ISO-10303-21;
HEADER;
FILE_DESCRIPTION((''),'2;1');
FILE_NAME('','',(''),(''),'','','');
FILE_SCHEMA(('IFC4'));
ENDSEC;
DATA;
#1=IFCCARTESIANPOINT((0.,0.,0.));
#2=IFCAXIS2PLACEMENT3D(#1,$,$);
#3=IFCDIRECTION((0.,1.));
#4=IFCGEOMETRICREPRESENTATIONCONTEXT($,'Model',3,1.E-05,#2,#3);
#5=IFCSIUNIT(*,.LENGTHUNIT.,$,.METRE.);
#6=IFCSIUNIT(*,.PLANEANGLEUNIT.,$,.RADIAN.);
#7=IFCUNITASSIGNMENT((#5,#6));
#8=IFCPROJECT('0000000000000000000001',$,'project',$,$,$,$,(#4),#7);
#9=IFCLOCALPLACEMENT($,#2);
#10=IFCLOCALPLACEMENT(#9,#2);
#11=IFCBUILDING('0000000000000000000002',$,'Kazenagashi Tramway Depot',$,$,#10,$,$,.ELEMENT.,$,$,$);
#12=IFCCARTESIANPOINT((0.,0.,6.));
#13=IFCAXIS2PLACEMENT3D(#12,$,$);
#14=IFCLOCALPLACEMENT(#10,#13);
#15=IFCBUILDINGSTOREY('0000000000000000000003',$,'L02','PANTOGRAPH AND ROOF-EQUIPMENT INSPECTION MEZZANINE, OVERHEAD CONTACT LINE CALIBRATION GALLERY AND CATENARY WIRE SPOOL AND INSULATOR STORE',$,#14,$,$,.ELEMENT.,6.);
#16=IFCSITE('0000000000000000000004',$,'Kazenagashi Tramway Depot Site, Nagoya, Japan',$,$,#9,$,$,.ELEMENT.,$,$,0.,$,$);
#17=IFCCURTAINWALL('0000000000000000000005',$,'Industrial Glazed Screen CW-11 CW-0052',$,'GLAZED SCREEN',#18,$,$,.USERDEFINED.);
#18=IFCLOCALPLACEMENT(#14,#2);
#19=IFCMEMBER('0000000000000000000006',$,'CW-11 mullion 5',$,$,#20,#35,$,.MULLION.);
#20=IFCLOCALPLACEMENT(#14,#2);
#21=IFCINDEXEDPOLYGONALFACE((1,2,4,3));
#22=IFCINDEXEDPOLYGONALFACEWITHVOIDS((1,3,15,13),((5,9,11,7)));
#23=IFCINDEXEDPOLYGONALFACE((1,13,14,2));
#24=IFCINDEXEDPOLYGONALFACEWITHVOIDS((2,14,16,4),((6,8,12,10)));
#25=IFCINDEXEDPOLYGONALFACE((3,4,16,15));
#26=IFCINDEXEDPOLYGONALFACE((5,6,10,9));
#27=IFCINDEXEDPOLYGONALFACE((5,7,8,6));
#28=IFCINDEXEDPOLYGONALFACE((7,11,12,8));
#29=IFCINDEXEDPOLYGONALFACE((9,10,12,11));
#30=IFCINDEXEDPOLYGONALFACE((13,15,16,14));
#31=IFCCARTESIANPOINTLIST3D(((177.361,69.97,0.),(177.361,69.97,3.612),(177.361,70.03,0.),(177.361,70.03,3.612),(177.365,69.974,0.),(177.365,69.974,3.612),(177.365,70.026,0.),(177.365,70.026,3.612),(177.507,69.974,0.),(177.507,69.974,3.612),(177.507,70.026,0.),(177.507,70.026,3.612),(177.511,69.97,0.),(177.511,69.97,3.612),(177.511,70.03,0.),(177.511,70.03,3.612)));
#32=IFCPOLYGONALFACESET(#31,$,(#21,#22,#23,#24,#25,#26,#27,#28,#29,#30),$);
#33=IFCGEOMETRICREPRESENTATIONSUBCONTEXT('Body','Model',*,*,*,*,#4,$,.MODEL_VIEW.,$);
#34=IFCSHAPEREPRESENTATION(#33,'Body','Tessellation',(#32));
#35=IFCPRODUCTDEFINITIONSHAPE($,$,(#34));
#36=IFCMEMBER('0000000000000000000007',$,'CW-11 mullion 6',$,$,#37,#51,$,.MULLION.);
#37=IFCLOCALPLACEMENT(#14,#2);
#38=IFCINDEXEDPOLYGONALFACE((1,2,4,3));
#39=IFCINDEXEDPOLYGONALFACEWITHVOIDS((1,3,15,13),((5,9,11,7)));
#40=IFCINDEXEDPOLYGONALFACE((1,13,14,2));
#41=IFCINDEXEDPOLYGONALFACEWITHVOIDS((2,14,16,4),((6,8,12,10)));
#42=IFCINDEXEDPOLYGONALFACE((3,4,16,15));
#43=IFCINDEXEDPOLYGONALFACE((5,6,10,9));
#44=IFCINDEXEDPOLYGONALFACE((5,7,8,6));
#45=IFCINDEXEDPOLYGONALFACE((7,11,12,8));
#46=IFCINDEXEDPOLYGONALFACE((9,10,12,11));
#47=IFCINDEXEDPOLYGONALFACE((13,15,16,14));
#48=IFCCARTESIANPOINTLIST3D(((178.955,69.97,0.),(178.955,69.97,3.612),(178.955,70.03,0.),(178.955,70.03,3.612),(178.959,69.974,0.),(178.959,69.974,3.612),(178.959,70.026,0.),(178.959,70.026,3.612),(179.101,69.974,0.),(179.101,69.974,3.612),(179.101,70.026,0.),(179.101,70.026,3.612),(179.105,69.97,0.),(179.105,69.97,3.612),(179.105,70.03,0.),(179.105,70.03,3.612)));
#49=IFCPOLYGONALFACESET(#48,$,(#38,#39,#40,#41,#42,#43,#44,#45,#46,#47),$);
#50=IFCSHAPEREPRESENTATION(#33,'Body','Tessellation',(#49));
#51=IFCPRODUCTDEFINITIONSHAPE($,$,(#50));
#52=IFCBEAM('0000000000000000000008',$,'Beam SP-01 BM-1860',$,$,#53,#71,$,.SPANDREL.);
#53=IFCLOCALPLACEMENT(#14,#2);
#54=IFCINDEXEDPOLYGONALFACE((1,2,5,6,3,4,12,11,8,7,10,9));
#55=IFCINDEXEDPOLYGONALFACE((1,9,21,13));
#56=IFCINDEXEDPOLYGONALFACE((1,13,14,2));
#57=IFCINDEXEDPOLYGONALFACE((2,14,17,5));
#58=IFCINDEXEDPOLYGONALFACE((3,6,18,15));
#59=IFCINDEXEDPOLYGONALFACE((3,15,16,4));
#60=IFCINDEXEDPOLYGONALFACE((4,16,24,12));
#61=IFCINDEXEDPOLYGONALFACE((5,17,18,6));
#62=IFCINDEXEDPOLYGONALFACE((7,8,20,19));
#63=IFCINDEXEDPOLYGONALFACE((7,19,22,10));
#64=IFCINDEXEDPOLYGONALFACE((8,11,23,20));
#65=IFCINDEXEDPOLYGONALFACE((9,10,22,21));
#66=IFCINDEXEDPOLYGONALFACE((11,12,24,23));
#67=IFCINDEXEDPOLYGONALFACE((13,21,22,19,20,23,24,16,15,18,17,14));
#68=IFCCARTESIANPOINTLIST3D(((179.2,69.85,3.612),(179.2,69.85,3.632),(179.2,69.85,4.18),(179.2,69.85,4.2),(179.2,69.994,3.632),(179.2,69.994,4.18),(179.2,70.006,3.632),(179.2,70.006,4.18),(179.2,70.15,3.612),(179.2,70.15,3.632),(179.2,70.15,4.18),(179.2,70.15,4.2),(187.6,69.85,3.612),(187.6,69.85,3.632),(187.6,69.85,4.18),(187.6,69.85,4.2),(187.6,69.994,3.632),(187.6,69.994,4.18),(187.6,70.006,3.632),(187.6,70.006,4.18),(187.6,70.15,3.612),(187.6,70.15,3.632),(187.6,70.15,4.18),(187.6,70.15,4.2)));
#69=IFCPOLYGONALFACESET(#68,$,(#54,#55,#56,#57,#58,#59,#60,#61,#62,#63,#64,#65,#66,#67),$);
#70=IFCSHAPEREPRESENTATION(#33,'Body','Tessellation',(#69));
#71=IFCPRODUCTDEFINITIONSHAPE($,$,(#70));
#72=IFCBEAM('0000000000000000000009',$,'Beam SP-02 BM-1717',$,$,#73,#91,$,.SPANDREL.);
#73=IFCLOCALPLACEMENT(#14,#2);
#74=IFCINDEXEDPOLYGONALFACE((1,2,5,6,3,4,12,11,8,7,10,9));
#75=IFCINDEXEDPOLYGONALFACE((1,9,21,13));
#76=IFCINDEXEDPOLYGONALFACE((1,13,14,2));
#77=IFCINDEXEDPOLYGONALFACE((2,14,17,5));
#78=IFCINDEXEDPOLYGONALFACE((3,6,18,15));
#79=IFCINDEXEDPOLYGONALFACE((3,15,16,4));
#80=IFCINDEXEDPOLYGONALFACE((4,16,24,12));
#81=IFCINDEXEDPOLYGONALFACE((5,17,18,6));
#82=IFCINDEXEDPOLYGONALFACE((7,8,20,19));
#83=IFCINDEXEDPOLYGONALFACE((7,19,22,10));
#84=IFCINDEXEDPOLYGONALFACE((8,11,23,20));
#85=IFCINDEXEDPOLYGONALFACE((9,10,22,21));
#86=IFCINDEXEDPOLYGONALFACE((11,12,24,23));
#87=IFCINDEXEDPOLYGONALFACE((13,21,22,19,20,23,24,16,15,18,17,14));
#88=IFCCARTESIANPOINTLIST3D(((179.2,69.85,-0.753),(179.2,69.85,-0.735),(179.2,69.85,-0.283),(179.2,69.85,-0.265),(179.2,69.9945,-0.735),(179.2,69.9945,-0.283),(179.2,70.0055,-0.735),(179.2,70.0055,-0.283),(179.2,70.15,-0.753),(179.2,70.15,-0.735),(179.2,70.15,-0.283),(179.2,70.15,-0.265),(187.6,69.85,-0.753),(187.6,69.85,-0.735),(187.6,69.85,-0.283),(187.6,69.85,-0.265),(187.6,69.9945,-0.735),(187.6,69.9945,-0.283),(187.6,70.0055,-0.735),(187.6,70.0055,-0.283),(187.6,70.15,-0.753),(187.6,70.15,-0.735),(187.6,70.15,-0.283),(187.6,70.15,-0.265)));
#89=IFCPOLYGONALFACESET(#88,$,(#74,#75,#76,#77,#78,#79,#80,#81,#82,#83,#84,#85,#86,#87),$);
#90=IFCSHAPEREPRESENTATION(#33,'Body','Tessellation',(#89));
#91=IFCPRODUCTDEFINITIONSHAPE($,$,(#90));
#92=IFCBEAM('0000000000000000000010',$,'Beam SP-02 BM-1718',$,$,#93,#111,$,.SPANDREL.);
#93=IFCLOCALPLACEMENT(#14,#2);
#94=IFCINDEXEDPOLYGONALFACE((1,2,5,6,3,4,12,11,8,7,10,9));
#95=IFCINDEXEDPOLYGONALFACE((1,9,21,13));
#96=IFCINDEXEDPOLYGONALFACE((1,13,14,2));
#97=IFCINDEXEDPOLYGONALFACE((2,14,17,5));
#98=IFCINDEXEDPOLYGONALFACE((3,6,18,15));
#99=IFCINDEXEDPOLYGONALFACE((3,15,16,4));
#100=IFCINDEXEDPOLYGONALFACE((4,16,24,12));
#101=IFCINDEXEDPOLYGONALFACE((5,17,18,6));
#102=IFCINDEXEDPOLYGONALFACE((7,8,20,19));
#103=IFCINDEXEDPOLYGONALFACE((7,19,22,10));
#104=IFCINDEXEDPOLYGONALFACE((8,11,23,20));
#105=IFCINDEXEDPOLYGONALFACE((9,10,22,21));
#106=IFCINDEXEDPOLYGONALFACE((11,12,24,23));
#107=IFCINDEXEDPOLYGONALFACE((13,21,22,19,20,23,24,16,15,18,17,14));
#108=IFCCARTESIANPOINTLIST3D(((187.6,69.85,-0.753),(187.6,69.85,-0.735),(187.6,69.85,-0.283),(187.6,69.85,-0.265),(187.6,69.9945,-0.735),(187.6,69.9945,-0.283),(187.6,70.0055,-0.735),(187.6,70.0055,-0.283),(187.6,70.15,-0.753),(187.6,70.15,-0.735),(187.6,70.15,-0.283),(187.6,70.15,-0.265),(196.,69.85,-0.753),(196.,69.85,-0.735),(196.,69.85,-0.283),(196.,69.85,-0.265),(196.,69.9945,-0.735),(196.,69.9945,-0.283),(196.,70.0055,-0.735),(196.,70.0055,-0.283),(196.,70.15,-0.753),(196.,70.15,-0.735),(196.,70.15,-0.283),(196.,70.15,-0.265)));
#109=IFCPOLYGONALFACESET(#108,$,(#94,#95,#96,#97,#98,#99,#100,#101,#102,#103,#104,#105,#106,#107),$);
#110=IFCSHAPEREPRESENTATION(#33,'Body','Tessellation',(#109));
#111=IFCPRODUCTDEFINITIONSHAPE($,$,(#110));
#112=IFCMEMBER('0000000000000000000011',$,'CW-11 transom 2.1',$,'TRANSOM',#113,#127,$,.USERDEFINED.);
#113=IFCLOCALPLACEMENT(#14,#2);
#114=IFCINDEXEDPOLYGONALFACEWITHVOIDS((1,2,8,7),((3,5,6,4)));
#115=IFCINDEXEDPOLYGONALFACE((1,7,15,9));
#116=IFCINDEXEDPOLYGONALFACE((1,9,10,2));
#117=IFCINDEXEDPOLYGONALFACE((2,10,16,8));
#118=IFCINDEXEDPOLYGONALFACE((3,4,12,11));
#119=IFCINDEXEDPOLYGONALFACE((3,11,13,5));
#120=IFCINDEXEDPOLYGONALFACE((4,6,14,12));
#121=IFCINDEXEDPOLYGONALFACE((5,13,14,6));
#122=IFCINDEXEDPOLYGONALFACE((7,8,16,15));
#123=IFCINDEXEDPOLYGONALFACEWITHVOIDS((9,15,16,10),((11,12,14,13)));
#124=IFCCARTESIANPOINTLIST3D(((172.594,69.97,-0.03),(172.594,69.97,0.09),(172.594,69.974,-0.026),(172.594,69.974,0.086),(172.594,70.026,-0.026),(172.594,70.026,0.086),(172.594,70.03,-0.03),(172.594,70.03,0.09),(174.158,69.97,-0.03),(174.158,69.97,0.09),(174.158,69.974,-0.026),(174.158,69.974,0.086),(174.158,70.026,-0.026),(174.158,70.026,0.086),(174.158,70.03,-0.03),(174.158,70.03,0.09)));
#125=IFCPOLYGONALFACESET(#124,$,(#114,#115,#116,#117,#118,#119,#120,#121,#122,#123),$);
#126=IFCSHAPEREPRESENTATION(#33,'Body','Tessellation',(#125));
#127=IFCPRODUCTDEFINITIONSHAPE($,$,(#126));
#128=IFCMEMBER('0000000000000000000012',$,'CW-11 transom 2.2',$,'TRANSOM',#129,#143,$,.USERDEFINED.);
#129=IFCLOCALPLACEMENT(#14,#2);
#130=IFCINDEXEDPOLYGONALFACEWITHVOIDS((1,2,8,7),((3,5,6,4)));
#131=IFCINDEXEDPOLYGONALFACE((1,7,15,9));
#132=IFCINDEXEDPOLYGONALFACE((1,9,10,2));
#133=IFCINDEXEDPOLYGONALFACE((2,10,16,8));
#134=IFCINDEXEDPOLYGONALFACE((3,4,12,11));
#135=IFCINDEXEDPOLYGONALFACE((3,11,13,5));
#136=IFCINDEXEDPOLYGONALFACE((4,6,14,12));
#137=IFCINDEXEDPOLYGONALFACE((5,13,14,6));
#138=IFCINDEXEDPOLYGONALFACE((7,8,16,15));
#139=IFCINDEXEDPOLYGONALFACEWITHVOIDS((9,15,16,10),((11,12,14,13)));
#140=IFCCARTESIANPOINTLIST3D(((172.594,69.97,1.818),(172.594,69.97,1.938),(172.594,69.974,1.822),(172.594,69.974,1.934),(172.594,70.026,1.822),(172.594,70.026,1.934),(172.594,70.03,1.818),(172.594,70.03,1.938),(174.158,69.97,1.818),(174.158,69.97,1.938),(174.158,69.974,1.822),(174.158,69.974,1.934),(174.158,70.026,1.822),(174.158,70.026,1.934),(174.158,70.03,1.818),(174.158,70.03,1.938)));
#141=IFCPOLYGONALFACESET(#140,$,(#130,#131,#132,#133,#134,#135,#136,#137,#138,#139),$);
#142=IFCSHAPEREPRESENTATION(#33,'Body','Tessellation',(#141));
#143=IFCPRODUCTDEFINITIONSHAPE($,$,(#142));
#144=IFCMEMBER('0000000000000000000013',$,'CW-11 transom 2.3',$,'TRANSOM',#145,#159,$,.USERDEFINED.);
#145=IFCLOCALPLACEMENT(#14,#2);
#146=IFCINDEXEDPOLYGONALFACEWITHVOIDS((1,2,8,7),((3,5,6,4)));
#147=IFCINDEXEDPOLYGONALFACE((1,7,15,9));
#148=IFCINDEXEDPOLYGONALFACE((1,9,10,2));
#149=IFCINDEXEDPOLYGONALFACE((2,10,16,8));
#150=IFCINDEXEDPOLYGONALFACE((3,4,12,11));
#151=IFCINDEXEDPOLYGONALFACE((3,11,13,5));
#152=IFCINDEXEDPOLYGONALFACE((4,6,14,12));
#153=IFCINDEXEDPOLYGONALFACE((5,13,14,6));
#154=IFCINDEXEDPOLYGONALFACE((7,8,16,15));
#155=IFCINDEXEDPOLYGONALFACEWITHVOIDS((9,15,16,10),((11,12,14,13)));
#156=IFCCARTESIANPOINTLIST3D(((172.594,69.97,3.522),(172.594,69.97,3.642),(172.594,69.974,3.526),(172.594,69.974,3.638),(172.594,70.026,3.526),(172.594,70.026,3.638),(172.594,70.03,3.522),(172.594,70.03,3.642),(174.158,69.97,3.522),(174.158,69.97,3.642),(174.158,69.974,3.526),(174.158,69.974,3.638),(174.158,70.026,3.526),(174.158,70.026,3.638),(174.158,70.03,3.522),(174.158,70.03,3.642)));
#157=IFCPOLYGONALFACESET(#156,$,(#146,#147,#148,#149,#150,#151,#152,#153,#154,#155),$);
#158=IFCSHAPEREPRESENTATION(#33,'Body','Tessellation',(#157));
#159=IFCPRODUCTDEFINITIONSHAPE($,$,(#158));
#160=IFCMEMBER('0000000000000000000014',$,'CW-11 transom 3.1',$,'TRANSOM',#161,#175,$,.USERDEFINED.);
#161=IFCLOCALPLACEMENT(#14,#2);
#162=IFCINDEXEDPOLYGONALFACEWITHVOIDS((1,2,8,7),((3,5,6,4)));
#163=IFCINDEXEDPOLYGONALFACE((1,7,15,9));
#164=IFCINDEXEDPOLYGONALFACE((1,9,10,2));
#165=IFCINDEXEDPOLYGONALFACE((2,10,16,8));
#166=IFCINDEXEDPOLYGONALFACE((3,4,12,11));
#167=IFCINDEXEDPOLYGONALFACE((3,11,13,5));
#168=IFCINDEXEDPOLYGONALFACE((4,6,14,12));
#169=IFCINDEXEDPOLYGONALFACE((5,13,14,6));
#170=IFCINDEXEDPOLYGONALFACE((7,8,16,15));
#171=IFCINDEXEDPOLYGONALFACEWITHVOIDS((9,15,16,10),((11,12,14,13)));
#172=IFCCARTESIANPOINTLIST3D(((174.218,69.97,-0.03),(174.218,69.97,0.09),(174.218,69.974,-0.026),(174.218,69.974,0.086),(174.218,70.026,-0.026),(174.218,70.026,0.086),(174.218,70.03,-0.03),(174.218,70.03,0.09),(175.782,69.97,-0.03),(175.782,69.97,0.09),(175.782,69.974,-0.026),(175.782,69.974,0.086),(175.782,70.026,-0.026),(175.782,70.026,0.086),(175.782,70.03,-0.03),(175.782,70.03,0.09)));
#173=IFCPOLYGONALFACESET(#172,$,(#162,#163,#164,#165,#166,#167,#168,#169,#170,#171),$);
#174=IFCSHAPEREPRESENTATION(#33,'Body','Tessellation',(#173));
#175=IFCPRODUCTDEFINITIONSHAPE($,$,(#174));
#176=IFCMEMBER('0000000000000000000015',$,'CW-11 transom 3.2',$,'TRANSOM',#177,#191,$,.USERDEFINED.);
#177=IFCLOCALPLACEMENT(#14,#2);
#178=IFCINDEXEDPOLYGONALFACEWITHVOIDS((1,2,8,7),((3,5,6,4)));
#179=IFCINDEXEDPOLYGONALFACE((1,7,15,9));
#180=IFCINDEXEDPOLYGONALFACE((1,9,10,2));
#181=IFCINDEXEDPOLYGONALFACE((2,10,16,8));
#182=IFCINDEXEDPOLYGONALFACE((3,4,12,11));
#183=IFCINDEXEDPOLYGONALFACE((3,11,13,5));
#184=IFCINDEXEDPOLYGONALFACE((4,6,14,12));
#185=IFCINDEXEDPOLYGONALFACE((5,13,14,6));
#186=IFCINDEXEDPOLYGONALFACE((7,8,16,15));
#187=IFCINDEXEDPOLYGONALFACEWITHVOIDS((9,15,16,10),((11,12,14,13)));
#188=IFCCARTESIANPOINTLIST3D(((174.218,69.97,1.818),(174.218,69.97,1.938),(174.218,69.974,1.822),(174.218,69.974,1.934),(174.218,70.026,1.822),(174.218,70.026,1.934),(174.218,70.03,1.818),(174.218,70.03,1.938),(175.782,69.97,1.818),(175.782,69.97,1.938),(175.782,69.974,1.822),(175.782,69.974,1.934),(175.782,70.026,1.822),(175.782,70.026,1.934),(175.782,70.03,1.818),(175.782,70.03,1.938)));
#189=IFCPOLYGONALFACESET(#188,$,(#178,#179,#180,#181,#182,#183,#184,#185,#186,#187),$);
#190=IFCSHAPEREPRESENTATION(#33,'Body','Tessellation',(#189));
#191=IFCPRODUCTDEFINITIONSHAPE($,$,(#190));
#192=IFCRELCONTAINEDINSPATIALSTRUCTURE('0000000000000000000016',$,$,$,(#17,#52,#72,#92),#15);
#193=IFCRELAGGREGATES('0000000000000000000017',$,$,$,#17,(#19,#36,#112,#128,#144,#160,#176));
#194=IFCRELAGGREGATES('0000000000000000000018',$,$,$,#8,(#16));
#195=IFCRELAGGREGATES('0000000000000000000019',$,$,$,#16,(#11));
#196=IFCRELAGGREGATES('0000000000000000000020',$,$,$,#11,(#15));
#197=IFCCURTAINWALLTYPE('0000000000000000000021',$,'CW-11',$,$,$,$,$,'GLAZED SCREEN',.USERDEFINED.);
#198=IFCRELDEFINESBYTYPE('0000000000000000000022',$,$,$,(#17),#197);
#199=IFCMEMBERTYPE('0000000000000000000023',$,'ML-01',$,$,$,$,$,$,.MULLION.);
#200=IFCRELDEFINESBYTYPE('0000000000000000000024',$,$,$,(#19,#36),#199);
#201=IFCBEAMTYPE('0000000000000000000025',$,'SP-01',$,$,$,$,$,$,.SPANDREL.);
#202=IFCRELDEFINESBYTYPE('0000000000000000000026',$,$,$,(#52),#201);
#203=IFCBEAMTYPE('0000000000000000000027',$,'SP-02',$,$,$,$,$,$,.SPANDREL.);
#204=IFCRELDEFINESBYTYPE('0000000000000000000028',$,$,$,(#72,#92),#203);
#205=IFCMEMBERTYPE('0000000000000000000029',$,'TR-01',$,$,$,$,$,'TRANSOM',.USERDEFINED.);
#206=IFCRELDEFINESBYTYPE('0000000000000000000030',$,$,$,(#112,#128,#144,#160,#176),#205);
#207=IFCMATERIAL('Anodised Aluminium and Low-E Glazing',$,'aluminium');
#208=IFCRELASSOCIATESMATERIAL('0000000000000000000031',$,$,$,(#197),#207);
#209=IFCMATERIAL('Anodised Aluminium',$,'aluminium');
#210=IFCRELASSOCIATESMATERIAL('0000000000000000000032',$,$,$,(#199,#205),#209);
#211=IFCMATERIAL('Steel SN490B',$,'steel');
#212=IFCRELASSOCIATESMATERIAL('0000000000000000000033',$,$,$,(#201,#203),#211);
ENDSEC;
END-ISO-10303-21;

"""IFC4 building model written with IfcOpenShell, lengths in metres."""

from ifc_helpers import new_model, si_unit, direction, frame, origin, origin_2d, place, context, subcontext, project, spatial, hollow_rectangle, i_section, extrude, material, material_profile, profile_set, type_object, element, aggregate, save


model = new_model("IFC4")

# Units and contexts
model_context = context("Model", 3, precision=1e-05, world=origin(), true_north=direction((0.0, 1.0)))
body_context = subcontext(model_context, "Body", "Model", "MODEL_VIEW")
ifc_project = project(units=[si_unit("LENGTHUNIT", "METRE"), si_unit("PLANEANGLEUNIT", "RADIAN")], contexts=[model_context])

# Site, building, storey
site_placement = place(None, origin())
site = spatial("IfcSite", under=ifc_project, at=site_placement, Name="Kazenagashi Tramway Depot Site, Nagoya, Japan", CompositionType="ELEMENT", RefElevation=0.0)
building_placement = place(site_placement, origin())
building = spatial("IfcBuilding", under=site, at=building_placement, Name="Kazenagashi Tramway Depot", CompositionType="ELEMENT")
storey_placement = place(building_placement, frame((0.0, 0.0, 6.0)))
storey = spatial("IfcBuildingStorey", under=building, at=storey_placement, Name="L02", Description="PANTOGRAPH AND ROOF-EQUIPMENT INSPECTION MEZZANINE, OVERHEAD CONTACT LINE CALIBRATION GALLERY AND CATENARY WIRE SPOOL AND INSULATOR STORE", CompositionType="ELEMENT", Elevation=6.0)

# Shared definitions
ifc_material_1 = material(Name="Steel SN490B", Category="steel")

# Curtain wall, members
ifc_material_2 = material(Name="Anodised Aluminium and Low-E Glazing", Category="aluminium")
curtain_wall_type = type_object("IfcCurtainWallType", Name="CW-11", ElementType="GLAZED SCREEN", PredefinedType="USERDEFINED", material=ifc_material_2)
curtain_wall_placement = place(storey_placement, origin())
curtain_wall = element("IfcCurtainWall", 1, at=curtain_wall_placement, inside=storey, type_object=curtain_wall_type, Name="Industrial Glazed Screen CW-11 CW-0052", ObjectType="GLAZED SCREEN", PredefinedType="USERDEFINED")
ifc_material_3 = material(Name="Anodised Aluminium", Category="aluminium")
ifc_material_profile_1 = material_profile(ifc_material_3, hollow_rectangle(XDim=0.06, YDim=0.15, WallThickness=0.004, at=origin_2d()), Name="RHS-150x60x4")
ifc_profile_set_1 = profile_set([ifc_material_profile_1], Name="Anodised Aluminium")
member_type_1 = type_object("IfcMemberType", Name="ML-01", PredefinedType="MULLION", material=ifc_profile_set_1)
member_1_placement = place(storey_placement, frame((177.436, 70.0, 0.0), z_axis=(0.0, 0.0, 1.0), x_axis=(0.0, 1.0, 0.0)))
member_1 = element("IfcMember", 2, at=member_1_placement, type_object=member_type_1, Name="CW-11 mullion 5", PredefinedType="MULLION", context=body_context, shape_type="SweptSolid", body=[
    extrude(hollow_rectangle(XDim=0.06, YDim=0.15, WallThickness=0.004, at=origin_2d()), origin(), (0.0, 0.0, 1.0), 3.612),
])
member_2_placement = place(storey_placement, frame((179.03, 70.0, 0.0), z_axis=(0.0, 0.0, 1.0), x_axis=(0.0, 1.0, 0.0)))
member_2 = element("IfcMember", 3, at=member_2_placement, type_object=member_type_1, Name="CW-11 mullion 6", PredefinedType="MULLION", context=body_context, shape_type="SweptSolid", body=[
    extrude(hollow_rectangle(XDim=0.06, YDim=0.15, WallThickness=0.004, at=origin_2d()), origin(), (0.0, 0.0, 1.0), 3.612),
])

# Beams
ifc_material_profile_2 = material_profile(ifc_material_1, i_section(OverallWidth=0.3, OverallDepth=0.588, WebThickness=0.012, FlangeThickness=0.02, at=origin_2d()), Name="H-588x300x12x20")
ifc_profile_set_2 = profile_set([ifc_material_profile_2], Name="Steel SN490B")
beam_type_1 = type_object("IfcBeamType", Name="SP-01", PredefinedType="SPANDREL", material=ifc_profile_set_2)
beam_1_placement = place(storey_placement, frame((179.2, 70.0, 3.906), z_axis=(1.0, 0.0, 0.0), x_axis=(0.0, 1.0, 0.0)))
element("IfcBeam", 4, at=beam_1_placement, inside=storey, type_object=beam_type_1, Name="Beam SP-01 BM-1860", PredefinedType="SPANDREL", context=body_context, shape_type="SweptSolid", body=[
    extrude(i_section(OverallWidth=0.3, OverallDepth=0.588, WebThickness=0.012, FlangeThickness=0.02, at=origin_2d()), origin(), (0.0, 0.0, 1.0), 8.4),
])
ifc_material_profile_3 = material_profile(ifc_material_1, i_section(OverallWidth=0.3, OverallDepth=0.488, WebThickness=0.011, FlangeThickness=0.018, at=origin_2d()), Name="H-488x300x11x18")
ifc_profile_set_3 = profile_set([ifc_material_profile_3], Name="Steel SN490B")
beam_type_2 = type_object("IfcBeamType", Name="SP-02", PredefinedType="SPANDREL", material=ifc_profile_set_3)
for number, where, z_axis, x_axis, name in (
    (5, (179.2, 70.0, -0.509), (1.0, 0.0, 0.0), (0.0, 1.0, 0.0), "Beam SP-02 BM-1717"),
    (6, (187.6, 70.0, -0.509), (1.0, 0.0, 0.0), (0.0, 1.0, 0.0), "Beam SP-02 BM-1718"),
):
    element("IfcBeam", number, at=place(storey_placement, frame(where, z_axis=z_axis, x_axis=x_axis)), inside=storey, type_object=beam_type_2, Name=name, PredefinedType="SPANDREL", context=body_context, shape_type="SweptSolid", body=[
        extrude(i_section(OverallWidth=0.3, OverallDepth=0.488, WebThickness=0.011, FlangeThickness=0.018, at=origin_2d()), origin(), (0.0, 0.0, 1.0), 8.4),
    ])

# Members
ifc_material_profile_4 = material_profile(ifc_material_3, hollow_rectangle(XDim=0.06, YDim=0.12, WallThickness=0.004, at=origin_2d()), Name="RHS-120x60x4")
ifc_profile_set_4 = profile_set([ifc_material_profile_4], Name="Anodised Aluminium")
member_type_2 = type_object("IfcMemberType", Name="TR-01", ElementType="TRANSOM", PredefinedType="USERDEFINED", material=ifc_profile_set_4)
member_3_placement = place(storey_placement, frame((172.594, 70.0, 0.03), z_axis=(1.0, 0.0, 0.0), x_axis=(0.0, 1.0, 0.0)))
member_3 = element("IfcMember", 7, at=member_3_placement, type_object=member_type_2, Name="CW-11 transom 2.1", ObjectType="TRANSOM", PredefinedType="USERDEFINED", context=body_context, shape_type="SweptSolid", body=[
    extrude(hollow_rectangle(XDim=0.06, YDim=0.12, WallThickness=0.004, at=origin_2d()), origin(), (0.0, 0.0, 1.0), 1.564),
])
member_4_placement = place(storey_placement, frame((172.594, 70.0, 1.878), z_axis=(1.0, 0.0, 0.0), x_axis=(0.0, 1.0, 0.0)))
member_4 = element("IfcMember", 8, at=member_4_placement, type_object=member_type_2, Name="CW-11 transom 2.2", ObjectType="TRANSOM", PredefinedType="USERDEFINED", context=body_context, shape_type="SweptSolid", body=[
    extrude(hollow_rectangle(XDim=0.06, YDim=0.12, WallThickness=0.004, at=origin_2d()), origin(), (0.0, 0.0, 1.0), 1.564),
])
member_5_placement = place(storey_placement, frame((172.594, 70.0, 3.582), z_axis=(1.0, 0.0, 0.0), x_axis=(0.0, 1.0, 0.0)))
member_5 = element("IfcMember", 9, at=member_5_placement, type_object=member_type_2, Name="CW-11 transom 2.3", ObjectType="TRANSOM", PredefinedType="USERDEFINED", context=body_context, shape_type="SweptSolid", body=[
    extrude(hollow_rectangle(XDim=0.06, YDim=0.12, WallThickness=0.004, at=origin_2d()), origin(), (0.0, 0.0, 1.0), 1.564),
])
member_6_placement = place(storey_placement, frame((174.218, 70.0, 0.03), z_axis=(1.0, 0.0, 0.0), x_axis=(0.0, 1.0, 0.0)))
member_6 = element("IfcMember", 10, at=member_6_placement, type_object=member_type_2, Name="CW-11 transom 3.1", ObjectType="TRANSOM", PredefinedType="USERDEFINED", context=body_context, shape_type="SweptSolid", body=[
    extrude(hollow_rectangle(XDim=0.06, YDim=0.12, WallThickness=0.004, at=origin_2d()), origin(), (0.0, 0.0, 1.0), 1.564),
])
member_7_placement = place(storey_placement, frame((174.218, 70.0, 1.878), z_axis=(1.0, 0.0, 0.0), x_axis=(0.0, 1.0, 0.0)))
member_7 = element("IfcMember", 11, at=member_7_placement, type_object=member_type_2, Name="CW-11 transom 3.2", ObjectType="TRANSOM", PredefinedType="USERDEFINED", context=body_context, shape_type="SweptSolid", body=[
    extrude(hollow_rectangle(XDim=0.06, YDim=0.12, WallThickness=0.004, at=origin_2d()), origin(), (0.0, 0.0, 1.0), 1.564),
])

aggregate(curtain_wall, [member_1, member_2, member_3, member_4, member_5, member_6, member_7])

save(model, "model.ifc")
